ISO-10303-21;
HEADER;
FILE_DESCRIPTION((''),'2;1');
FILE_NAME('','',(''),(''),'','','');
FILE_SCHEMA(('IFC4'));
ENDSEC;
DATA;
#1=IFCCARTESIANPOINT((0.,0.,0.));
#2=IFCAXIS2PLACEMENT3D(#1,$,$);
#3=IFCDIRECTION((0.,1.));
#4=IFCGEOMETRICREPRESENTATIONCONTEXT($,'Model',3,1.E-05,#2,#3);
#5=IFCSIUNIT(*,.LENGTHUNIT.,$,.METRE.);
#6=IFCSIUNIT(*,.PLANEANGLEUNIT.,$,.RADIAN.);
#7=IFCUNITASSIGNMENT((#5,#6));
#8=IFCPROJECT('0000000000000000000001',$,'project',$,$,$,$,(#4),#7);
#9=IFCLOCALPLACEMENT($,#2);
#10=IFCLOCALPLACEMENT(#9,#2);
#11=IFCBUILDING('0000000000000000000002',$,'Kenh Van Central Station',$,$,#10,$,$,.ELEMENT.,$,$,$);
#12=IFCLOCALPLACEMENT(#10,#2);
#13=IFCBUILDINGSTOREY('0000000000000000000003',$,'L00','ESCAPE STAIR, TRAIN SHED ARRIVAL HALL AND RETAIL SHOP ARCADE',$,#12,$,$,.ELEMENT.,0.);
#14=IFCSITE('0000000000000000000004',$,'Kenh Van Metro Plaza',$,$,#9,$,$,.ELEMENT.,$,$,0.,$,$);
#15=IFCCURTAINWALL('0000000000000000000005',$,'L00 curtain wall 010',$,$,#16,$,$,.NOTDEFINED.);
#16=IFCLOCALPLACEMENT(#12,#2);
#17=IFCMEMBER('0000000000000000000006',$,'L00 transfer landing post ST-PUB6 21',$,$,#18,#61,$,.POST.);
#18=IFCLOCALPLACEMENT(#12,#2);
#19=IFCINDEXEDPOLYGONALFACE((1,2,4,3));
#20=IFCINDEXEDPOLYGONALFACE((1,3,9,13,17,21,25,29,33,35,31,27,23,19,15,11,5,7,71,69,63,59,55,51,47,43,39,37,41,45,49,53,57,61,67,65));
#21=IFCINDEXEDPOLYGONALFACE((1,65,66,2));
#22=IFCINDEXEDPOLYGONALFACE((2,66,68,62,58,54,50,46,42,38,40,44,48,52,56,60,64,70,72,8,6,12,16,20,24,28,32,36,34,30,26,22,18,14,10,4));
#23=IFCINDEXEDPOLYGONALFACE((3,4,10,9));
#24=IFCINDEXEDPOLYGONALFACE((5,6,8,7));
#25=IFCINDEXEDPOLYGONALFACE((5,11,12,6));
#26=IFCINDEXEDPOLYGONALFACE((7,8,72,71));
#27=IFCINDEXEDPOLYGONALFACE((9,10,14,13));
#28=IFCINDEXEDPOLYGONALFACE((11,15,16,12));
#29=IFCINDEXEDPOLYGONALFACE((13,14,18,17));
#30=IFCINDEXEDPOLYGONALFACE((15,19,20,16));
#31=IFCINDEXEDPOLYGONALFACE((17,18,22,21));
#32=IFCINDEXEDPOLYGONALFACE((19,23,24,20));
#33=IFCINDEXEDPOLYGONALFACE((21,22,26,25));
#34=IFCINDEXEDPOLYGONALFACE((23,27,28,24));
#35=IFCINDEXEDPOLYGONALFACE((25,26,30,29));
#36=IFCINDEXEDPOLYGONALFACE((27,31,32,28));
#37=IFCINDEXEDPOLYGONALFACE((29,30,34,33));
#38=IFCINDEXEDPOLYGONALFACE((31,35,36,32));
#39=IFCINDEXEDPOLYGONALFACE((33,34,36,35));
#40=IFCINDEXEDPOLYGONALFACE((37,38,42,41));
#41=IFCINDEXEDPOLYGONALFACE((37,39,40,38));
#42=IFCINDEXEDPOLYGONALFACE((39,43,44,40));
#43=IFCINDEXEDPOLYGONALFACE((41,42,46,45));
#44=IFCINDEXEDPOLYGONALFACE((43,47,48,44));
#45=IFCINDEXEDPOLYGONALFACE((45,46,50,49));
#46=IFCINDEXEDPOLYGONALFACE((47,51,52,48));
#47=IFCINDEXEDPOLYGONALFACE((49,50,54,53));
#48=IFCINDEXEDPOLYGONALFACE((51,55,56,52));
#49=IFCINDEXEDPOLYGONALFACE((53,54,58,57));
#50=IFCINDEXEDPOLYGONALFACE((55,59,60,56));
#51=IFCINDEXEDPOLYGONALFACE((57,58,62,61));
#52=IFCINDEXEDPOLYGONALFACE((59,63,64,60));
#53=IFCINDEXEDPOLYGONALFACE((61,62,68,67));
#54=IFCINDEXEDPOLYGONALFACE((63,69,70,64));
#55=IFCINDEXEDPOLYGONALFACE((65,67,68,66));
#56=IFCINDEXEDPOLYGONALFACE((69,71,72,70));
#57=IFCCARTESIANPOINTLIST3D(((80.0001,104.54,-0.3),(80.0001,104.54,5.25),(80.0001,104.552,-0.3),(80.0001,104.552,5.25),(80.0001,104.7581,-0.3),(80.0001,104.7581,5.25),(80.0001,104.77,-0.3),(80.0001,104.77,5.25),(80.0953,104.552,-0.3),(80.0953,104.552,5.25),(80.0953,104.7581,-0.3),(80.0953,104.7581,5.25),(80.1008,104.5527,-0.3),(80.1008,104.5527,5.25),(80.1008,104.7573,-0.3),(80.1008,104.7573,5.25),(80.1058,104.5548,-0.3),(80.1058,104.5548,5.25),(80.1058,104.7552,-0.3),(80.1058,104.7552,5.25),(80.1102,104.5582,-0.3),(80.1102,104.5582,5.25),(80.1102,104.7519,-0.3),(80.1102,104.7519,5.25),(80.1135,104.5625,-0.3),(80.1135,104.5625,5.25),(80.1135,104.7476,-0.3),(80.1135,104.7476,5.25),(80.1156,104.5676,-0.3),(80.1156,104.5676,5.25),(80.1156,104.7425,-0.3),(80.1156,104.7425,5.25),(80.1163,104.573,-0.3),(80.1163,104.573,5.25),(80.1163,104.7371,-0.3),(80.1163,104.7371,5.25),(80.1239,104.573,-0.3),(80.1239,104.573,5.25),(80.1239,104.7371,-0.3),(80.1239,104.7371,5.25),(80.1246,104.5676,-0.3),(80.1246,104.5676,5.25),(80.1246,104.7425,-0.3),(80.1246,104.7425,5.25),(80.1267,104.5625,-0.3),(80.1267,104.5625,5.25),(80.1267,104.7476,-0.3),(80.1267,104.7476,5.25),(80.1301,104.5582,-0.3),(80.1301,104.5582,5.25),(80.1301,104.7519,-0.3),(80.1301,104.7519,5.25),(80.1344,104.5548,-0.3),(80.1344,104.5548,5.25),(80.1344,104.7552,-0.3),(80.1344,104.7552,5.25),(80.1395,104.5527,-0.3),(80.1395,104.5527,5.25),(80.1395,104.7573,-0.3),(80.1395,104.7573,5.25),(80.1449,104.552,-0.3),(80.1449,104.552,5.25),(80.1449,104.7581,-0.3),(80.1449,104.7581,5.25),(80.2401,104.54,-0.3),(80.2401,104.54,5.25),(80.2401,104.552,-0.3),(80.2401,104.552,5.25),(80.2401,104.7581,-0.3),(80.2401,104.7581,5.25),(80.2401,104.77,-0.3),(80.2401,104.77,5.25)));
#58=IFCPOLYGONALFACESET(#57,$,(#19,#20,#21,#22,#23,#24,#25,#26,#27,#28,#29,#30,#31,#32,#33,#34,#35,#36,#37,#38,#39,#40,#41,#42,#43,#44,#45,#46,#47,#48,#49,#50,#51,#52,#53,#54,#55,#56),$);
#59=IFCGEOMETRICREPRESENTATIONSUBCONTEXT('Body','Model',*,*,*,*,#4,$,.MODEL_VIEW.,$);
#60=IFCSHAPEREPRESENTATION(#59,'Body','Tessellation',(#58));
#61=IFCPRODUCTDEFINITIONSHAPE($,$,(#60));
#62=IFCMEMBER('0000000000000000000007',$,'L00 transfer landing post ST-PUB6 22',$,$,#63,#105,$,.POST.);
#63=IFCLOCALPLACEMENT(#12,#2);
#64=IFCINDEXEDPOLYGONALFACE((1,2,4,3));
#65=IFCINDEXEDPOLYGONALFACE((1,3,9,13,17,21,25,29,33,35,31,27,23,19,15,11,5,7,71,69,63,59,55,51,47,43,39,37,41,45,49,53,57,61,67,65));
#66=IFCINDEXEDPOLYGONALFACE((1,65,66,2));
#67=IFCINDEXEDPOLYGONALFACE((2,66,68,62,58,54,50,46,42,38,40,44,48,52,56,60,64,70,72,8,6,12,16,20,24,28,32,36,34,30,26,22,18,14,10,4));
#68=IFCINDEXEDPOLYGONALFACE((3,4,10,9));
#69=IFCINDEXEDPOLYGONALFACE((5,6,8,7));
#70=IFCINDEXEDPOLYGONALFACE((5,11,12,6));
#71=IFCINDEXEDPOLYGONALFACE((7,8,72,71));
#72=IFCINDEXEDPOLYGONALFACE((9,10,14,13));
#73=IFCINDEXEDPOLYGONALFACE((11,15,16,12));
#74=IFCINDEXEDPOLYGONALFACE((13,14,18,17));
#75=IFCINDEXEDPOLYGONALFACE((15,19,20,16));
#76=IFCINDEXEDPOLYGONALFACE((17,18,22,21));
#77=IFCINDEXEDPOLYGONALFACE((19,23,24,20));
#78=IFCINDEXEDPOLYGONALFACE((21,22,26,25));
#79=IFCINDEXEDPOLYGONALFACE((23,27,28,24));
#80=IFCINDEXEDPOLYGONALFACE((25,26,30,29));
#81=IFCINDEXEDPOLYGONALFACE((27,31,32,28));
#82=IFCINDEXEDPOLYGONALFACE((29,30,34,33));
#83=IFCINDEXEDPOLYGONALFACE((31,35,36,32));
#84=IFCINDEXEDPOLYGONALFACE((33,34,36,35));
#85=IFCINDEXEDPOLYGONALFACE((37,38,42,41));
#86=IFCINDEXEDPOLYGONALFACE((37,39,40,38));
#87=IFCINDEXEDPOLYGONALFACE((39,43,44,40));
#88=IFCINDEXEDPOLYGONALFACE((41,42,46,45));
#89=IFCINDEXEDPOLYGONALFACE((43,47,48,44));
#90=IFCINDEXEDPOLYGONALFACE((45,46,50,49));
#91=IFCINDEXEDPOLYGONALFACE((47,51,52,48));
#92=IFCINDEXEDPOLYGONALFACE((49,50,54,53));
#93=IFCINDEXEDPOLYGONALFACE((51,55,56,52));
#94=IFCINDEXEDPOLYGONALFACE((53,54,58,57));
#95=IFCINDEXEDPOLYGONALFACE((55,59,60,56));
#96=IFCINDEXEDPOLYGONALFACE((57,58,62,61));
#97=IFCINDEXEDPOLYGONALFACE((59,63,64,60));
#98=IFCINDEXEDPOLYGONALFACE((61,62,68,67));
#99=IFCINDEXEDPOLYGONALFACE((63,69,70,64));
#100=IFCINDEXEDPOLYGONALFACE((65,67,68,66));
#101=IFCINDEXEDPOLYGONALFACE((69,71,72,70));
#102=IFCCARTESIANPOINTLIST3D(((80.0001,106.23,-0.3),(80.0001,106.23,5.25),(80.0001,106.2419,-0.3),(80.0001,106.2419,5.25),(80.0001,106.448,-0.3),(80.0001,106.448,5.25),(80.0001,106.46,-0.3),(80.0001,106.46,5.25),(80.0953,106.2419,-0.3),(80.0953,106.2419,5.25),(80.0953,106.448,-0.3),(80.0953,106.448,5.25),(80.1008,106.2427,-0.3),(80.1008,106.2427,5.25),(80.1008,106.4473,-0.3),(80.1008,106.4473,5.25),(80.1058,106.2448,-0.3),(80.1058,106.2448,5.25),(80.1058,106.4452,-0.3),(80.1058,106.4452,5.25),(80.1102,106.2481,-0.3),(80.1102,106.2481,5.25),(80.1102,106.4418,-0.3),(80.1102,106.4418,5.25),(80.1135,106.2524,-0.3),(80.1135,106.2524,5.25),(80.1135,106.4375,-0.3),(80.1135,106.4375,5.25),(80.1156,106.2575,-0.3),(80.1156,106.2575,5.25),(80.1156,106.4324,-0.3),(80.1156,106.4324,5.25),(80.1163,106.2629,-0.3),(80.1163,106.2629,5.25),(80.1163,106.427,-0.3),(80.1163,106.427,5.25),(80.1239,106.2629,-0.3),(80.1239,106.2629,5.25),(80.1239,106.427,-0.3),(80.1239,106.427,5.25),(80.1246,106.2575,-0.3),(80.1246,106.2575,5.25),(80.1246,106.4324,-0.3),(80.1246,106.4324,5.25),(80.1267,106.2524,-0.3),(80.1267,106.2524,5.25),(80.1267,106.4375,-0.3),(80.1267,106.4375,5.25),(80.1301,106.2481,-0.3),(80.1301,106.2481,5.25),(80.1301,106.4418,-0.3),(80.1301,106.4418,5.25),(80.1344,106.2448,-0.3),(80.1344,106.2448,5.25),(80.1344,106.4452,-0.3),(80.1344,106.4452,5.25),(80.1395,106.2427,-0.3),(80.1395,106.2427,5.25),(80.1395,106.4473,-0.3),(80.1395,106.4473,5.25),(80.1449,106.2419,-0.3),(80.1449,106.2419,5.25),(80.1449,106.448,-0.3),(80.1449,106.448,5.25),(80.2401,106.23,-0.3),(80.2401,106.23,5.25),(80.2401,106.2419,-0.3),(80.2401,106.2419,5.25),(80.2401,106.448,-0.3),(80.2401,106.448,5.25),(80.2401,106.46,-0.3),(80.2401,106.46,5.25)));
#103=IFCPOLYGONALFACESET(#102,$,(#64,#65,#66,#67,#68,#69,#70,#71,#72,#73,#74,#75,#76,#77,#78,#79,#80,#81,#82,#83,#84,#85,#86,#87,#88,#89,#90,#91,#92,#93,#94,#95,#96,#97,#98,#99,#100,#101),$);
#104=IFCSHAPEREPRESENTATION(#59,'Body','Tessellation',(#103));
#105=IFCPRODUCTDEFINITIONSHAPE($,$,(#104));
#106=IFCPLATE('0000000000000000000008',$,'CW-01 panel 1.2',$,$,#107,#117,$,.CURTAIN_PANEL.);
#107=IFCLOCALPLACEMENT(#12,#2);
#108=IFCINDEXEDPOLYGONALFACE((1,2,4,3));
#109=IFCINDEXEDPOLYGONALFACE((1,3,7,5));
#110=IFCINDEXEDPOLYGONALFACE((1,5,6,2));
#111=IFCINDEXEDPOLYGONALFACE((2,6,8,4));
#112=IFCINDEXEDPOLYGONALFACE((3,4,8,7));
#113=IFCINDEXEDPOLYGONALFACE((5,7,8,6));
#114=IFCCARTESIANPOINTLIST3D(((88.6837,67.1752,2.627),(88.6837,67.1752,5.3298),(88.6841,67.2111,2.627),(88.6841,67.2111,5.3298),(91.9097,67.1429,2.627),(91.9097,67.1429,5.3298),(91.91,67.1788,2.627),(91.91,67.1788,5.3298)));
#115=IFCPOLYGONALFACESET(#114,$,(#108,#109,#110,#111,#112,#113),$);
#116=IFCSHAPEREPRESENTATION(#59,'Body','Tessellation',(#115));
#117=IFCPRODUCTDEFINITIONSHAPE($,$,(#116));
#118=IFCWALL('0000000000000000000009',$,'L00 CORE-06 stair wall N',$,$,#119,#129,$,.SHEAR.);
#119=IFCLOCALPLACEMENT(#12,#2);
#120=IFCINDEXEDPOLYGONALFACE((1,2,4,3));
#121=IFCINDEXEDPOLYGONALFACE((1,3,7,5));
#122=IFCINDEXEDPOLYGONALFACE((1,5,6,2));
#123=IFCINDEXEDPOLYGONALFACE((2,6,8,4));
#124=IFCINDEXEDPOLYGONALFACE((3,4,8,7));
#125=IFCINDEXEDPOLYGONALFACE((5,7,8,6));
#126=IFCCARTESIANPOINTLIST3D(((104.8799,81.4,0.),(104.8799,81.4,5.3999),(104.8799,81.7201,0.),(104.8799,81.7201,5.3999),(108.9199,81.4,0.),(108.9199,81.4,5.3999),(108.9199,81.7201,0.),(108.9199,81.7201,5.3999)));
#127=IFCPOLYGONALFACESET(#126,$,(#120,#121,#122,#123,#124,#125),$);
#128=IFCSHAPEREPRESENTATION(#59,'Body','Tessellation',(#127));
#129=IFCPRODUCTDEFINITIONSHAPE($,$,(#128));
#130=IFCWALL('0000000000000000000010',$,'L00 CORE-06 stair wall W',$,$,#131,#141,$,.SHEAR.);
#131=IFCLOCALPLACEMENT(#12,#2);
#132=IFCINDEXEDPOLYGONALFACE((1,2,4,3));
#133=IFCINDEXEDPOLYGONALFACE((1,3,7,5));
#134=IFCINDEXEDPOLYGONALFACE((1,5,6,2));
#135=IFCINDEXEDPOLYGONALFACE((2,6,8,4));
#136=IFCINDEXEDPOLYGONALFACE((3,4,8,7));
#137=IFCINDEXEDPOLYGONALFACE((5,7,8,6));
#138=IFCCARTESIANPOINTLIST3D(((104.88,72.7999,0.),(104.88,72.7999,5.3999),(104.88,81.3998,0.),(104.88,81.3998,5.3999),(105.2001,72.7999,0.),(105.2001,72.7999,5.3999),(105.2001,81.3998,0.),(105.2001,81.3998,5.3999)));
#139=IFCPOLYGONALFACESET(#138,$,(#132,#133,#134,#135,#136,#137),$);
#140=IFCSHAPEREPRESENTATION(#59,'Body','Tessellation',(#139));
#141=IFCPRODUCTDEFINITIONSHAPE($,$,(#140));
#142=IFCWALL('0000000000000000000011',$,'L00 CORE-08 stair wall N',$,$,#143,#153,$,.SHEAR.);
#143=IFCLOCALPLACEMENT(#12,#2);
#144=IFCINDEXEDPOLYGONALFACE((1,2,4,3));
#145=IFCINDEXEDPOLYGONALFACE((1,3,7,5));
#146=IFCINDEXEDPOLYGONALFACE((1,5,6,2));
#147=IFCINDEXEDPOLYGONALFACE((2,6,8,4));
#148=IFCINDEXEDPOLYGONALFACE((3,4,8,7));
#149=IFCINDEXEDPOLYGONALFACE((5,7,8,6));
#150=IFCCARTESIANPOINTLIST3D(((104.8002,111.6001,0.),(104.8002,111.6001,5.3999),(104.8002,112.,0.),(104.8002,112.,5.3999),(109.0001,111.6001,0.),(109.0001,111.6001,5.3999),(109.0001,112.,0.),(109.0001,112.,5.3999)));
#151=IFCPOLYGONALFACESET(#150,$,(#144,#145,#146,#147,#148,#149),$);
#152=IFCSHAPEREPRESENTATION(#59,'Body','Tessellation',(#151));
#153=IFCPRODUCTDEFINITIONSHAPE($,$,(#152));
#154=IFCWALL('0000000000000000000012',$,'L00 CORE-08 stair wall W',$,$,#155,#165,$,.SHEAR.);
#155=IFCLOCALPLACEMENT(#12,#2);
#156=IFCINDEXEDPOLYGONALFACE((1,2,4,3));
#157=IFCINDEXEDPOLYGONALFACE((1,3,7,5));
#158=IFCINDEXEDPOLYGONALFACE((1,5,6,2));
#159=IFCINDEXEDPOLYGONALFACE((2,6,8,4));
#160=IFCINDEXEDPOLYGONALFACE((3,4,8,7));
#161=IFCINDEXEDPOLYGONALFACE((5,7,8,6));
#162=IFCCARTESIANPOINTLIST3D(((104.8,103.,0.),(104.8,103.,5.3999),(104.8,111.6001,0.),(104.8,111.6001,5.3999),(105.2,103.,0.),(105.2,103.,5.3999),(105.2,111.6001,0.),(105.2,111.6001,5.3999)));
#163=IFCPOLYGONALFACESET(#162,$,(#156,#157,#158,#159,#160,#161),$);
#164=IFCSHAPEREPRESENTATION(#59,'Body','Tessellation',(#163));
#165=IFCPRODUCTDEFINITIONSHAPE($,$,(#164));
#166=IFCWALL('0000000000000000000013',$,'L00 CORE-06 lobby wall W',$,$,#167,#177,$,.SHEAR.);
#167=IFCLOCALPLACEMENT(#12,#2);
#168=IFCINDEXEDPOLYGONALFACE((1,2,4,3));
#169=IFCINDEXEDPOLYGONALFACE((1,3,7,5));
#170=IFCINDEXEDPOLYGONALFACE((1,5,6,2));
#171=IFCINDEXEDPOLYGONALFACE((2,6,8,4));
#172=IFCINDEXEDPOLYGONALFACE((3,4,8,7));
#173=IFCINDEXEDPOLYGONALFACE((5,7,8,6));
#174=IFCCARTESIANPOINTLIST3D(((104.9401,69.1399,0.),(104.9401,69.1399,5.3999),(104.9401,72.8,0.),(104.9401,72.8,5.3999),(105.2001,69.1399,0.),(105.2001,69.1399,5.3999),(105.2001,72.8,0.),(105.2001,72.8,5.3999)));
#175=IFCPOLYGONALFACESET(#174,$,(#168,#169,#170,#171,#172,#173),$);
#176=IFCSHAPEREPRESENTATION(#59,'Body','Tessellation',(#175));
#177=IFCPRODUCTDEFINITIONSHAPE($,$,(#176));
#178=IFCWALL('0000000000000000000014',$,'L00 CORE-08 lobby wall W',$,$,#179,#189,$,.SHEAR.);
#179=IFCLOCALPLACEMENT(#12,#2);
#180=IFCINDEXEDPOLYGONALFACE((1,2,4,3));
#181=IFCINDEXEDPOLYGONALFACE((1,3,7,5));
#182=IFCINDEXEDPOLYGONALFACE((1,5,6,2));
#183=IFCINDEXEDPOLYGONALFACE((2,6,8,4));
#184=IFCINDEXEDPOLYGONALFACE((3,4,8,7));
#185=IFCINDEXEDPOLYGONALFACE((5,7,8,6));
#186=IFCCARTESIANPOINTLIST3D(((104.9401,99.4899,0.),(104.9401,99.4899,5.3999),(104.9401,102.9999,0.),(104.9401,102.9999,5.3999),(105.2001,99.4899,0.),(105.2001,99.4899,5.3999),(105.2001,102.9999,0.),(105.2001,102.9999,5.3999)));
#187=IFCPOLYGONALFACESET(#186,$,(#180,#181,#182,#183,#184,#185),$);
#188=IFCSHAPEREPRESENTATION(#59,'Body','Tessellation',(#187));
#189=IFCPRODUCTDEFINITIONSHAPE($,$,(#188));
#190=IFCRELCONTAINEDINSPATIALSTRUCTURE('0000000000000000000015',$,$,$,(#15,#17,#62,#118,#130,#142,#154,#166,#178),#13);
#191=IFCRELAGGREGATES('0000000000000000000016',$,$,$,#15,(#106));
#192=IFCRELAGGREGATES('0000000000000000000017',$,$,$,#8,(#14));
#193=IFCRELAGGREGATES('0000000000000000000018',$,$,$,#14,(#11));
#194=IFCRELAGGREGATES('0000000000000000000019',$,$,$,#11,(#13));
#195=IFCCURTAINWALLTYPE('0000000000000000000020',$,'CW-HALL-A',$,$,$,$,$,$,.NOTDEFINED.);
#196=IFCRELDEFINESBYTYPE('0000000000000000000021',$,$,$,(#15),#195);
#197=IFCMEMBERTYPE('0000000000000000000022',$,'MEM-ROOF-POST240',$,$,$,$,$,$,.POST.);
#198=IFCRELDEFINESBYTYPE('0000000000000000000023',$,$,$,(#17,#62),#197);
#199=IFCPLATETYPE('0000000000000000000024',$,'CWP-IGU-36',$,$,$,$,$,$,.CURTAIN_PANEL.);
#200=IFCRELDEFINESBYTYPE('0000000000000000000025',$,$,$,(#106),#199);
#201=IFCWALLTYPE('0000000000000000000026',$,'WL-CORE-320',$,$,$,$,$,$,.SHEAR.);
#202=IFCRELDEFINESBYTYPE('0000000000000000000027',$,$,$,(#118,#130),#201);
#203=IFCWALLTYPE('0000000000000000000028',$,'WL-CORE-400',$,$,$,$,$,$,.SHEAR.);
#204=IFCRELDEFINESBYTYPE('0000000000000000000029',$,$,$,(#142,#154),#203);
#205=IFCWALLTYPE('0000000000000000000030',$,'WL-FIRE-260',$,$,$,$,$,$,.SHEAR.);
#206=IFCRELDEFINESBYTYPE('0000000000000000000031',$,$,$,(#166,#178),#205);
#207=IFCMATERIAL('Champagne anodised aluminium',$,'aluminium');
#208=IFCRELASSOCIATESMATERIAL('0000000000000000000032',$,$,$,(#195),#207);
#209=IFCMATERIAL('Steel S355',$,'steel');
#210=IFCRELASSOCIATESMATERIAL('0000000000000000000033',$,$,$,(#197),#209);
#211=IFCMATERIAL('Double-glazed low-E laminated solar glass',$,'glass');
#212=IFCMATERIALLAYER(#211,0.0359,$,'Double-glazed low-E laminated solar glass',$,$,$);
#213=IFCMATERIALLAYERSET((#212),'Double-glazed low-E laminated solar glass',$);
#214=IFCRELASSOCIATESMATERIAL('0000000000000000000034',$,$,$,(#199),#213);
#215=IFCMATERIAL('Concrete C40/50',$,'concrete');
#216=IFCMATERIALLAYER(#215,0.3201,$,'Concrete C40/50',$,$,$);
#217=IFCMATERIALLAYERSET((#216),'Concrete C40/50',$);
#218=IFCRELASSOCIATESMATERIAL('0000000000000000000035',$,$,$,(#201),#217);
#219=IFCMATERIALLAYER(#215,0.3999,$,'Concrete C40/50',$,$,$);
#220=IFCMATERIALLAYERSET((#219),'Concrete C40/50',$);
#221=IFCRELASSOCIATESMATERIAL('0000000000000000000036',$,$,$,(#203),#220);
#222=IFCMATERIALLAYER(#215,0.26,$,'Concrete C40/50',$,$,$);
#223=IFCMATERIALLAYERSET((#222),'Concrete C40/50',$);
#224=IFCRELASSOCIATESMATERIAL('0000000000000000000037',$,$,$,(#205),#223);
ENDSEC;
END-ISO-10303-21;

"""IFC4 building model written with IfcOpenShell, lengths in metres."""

from ifc_helpers import new_model, si_unit, direction, frame, frame_2d, origin, origin_2d, place, context, subcontext, project, spatial, rectangle, i_section, extrude, material, layer, layer_set, material_profile, profile_set, type_object, element, aggregate, save


model = new_model("IFC4")

# Units and contexts
model_context = context("Model", 3, precision=1e-05, world=origin(), true_north=direction((0.0, 1.0)))
body_context = subcontext(model_context, "Body", "Model", "MODEL_VIEW")
ifc_project = project(units=[si_unit("LENGTHUNIT", "METRE"), si_unit("PLANEANGLEUNIT", "RADIAN")], contexts=[model_context])

# Site, building, storey
site_placement = place(None, origin())
site = spatial("IfcSite", under=ifc_project, at=site_placement, Name="Kenh Van Metro Plaza", CompositionType="ELEMENT", RefElevation=0.0)
building_placement = place(site_placement, origin())
building = spatial("IfcBuilding", under=site, at=building_placement, Name="Kenh Van Central Station", CompositionType="ELEMENT")
storey_placement = place(building_placement, origin())
storey = spatial("IfcBuildingStorey", under=building, at=storey_placement, Name="L00", Description="ESCAPE STAIR, TRAIN SHED ARRIVAL HALL AND RETAIL SHOP ARCADE", CompositionType="ELEMENT", Elevation=0.0)

# Shared definitions
ifc_material_1 = material(Name="Concrete C40/50", Category="concrete")

# Shared definitions
ifc_material_2 = material(Name="Champagne anodised aluminium", Category="aluminium")
curtain_wall_type = type_object("IfcCurtainWallType", Name="CW-HALL-A", PredefinedType="NOTDEFINED", material=ifc_material_2)

# Curtain wall
curtain_wall_1_placement = place(storey_placement, origin())
curtain_wall_1 = element("IfcCurtainWall", 1, at=curtain_wall_1_placement, inside=storey, type_object=curtain_wall_type, Name="L00 curtain wall 010", PredefinedType="NOTDEFINED")

# Members
ifc_material_3 = material(Name="Steel S355", Category="steel")
ifc_material_profile_1 = material_profile(ifc_material_3, i_section(OverallWidth=0.24, OverallDepth=0.23, WebThickness=0.0076, FlangeThickness=0.012, FilletRadius=0.021, at=origin_2d()), Name="HEA 240")
ifc_profile_set_1 = profile_set([ifc_material_profile_1], Name="Steel S355")
member_type_1 = type_object("IfcMemberType", Name="MEM-ROOF-POST240", PredefinedType="POST", material=ifc_profile_set_1)
for number, where, z_axis, x_axis, name in (
    (2, (80.1201, 104.655, -0.3), (0.0, 0.0, 1.0), (1.0, 0.0, 0.0), "L00 transfer landing post ST-PUB6 21"),
    (3, (80.1201, 106.345, -0.3), (0.0, 0.0, 1.0), (1.0, 0.0, 0.0), "L00 transfer landing post ST-PUB6 22"),
):
    element("IfcMember", number, at=place(storey_placement, frame(where, z_axis=z_axis, x_axis=x_axis)), inside=storey, type_object=member_type_1, Name=name, PredefinedType="POST", context=body_context, shape_type="SweptSolid", body=[
        extrude(i_section(OverallWidth=0.24, OverallDepth=0.23, WebThickness=0.0076, FlangeThickness=0.012, FilletRadius=0.021, at=origin_2d()), origin(), (0.0, 0.0, 1.0), 5.55),
    ])

# Plate
ifc_material_4 = material(Name="Double-glazed low-E laminated solar glass", Category="glass")
ifc_layer_1 = layer(ifc_material_4, 0.0359, Name="Double-glazed low-E laminated solar glass")
ifc_layer_set_1 = layer_set([ifc_layer_1], Name="Double-glazed low-E laminated solar glass")
plate_type = type_object("IfcPlateType", Name="CWP-IGU-36", PredefinedType="CURTAIN_PANEL", material=ifc_layer_set_1)
plate_placement = place(storey_placement, frame((90.2969, 67.177, 2.627), z_axis=(0.0, 0.0, 1.0), x_axis=(0.99995, -0.010012, 0.0)))
plate = element("IfcPlate", 4, at=plate_placement, type_object=plate_type, Name="CW-01 panel 1.2", PredefinedType="CURTAIN_PANEL", context=body_context, shape_type="SweptSolid", body=[
    extrude(rectangle(XDim=3.2261, YDim=0.0359, at=origin_2d()), origin(), (0.0, 0.0, 1.0), 2.7029),
])
aggregate(curtain_wall_1, [plate])

# Shared definitions
ifc_layer_2 = layer(ifc_material_1, 0.3201, Name="Concrete C40/50")
ifc_layer_set_2 = layer_set([ifc_layer_2], Name="Concrete C40/50")
wall_type_1 = type_object("IfcWallType", Name="WL-CORE-320", PredefinedType="SHEAR", material=ifc_layer_set_2)

# Walls
wall_1_placement = place(storey_placement, frame((104.8799, 81.5601, 0.0), z_axis=(0.0, 0.0, 1.0), x_axis=(1.0, 0.0, 0.0)))
element("IfcWall", 5, at=wall_1_placement, inside=storey, type_object=wall_type_1, Name="L00 CORE-06 stair wall N", PredefinedType="SHEAR", context=body_context, shape_type="SweptSolid", body=[
    extrude(rectangle(XDim=4.04, YDim=0.3201, at=frame_2d((2.02, 0.0))), origin(), (0.0, 0.0, 1.0), 5.3999),
])
wall_2_placement = place(storey_placement, frame((105.04, 72.8, 0.0), z_axis=(0.0, 0.0, 1.0), x_axis=(0.0, 1.0, 0.0)))
element("IfcWall", 6, at=wall_2_placement, inside=storey, type_object=wall_type_1, Name="L00 CORE-06 stair wall W", PredefinedType="SHEAR", context=body_context, shape_type="SweptSolid", body=[
    extrude(rectangle(XDim=8.5999, YDim=0.3201, at=frame_2d((4.2998, 0.0))), origin(), (0.0, 0.0, 1.0), 5.3999),
])

# Shared definitions
ifc_layer_3 = layer(ifc_material_1, 0.3999, Name="Concrete C40/50")
ifc_layer_set_3 = layer_set([ifc_layer_3], Name="Concrete C40/50")
wall_type_2 = type_object("IfcWallType", Name="WL-CORE-400", PredefinedType="SHEAR", material=ifc_layer_set_3)

# Walls
wall_3_placement = place(storey_placement, frame((104.8, 111.8, 0.0), z_axis=(0.0, 0.0, 1.0), x_axis=(1.0, 0.0, 0.0)))
element("IfcWall", 7, at=wall_3_placement, inside=storey, type_object=wall_type_2, Name="L00 CORE-08 stair wall N", PredefinedType="SHEAR", context=body_context, shape_type="SweptSolid", body=[
    extrude(rectangle(XDim=4.2, YDim=0.3999, at=frame_2d((2.1001, 0.0))), origin(), (0.0, 0.0, 1.0), 5.3999),
])
wall_4_placement = place(storey_placement, frame((105.0, 103.0, 0.0), z_axis=(0.0, 0.0, 1.0), x_axis=(0.0, 1.0, 0.0)))
element("IfcWall", 8, at=wall_4_placement, inside=storey, type_object=wall_type_2, Name="L00 CORE-08 stair wall W", PredefinedType="SHEAR", context=body_context, shape_type="SweptSolid", body=[
    extrude(rectangle(XDim=8.6001, YDim=0.3999, at=frame_2d((4.3, 0.0))), origin(), (0.0, 0.0, 1.0), 5.3999),
])
ifc_layer_4 = layer(ifc_material_1, 0.26, Name="Concrete C40/50")
ifc_layer_set_4 = layer_set([ifc_layer_4], Name="Concrete C40/50")
wall_type_3 = type_object("IfcWallType", Name="WL-FIRE-260", PredefinedType="SHEAR", material=ifc_layer_set_4)
wall_5_placement = place(storey_placement, frame((105.0701, 69.1399, 0.0), z_axis=(0.0, 0.0, 1.0), x_axis=(0.0, 1.0, 0.0)))
element("IfcWall", 9, at=wall_5_placement, inside=storey, type_object=wall_type_3, Name="L00 CORE-06 lobby wall W", PredefinedType="SHEAR", context=body_context, shape_type="SweptSolid", body=[
    extrude(rectangle(XDim=3.6602, YDim=0.26, at=frame_2d((1.8301, 0.0))), origin(), (0.0, 0.0, 1.0), 5.3999),
])
wall_6_placement = place(storey_placement, frame((105.0701, 99.49, 0.0), z_axis=(0.0, 0.0, 1.0), x_axis=(0.0, 1.0, 0.0)))
element("IfcWall", 10, at=wall_6_placement, inside=storey, type_object=wall_type_3, Name="L00 CORE-08 lobby wall W", PredefinedType="SHEAR", context=body_context, shape_type="SweptSolid", body=[
    extrude(rectangle(XDim=3.51, YDim=0.26, at=frame_2d((1.7549, 0.0))), origin(), (0.0, 0.0, 1.0), 5.3999),
])

save(model, "model.ifc")
